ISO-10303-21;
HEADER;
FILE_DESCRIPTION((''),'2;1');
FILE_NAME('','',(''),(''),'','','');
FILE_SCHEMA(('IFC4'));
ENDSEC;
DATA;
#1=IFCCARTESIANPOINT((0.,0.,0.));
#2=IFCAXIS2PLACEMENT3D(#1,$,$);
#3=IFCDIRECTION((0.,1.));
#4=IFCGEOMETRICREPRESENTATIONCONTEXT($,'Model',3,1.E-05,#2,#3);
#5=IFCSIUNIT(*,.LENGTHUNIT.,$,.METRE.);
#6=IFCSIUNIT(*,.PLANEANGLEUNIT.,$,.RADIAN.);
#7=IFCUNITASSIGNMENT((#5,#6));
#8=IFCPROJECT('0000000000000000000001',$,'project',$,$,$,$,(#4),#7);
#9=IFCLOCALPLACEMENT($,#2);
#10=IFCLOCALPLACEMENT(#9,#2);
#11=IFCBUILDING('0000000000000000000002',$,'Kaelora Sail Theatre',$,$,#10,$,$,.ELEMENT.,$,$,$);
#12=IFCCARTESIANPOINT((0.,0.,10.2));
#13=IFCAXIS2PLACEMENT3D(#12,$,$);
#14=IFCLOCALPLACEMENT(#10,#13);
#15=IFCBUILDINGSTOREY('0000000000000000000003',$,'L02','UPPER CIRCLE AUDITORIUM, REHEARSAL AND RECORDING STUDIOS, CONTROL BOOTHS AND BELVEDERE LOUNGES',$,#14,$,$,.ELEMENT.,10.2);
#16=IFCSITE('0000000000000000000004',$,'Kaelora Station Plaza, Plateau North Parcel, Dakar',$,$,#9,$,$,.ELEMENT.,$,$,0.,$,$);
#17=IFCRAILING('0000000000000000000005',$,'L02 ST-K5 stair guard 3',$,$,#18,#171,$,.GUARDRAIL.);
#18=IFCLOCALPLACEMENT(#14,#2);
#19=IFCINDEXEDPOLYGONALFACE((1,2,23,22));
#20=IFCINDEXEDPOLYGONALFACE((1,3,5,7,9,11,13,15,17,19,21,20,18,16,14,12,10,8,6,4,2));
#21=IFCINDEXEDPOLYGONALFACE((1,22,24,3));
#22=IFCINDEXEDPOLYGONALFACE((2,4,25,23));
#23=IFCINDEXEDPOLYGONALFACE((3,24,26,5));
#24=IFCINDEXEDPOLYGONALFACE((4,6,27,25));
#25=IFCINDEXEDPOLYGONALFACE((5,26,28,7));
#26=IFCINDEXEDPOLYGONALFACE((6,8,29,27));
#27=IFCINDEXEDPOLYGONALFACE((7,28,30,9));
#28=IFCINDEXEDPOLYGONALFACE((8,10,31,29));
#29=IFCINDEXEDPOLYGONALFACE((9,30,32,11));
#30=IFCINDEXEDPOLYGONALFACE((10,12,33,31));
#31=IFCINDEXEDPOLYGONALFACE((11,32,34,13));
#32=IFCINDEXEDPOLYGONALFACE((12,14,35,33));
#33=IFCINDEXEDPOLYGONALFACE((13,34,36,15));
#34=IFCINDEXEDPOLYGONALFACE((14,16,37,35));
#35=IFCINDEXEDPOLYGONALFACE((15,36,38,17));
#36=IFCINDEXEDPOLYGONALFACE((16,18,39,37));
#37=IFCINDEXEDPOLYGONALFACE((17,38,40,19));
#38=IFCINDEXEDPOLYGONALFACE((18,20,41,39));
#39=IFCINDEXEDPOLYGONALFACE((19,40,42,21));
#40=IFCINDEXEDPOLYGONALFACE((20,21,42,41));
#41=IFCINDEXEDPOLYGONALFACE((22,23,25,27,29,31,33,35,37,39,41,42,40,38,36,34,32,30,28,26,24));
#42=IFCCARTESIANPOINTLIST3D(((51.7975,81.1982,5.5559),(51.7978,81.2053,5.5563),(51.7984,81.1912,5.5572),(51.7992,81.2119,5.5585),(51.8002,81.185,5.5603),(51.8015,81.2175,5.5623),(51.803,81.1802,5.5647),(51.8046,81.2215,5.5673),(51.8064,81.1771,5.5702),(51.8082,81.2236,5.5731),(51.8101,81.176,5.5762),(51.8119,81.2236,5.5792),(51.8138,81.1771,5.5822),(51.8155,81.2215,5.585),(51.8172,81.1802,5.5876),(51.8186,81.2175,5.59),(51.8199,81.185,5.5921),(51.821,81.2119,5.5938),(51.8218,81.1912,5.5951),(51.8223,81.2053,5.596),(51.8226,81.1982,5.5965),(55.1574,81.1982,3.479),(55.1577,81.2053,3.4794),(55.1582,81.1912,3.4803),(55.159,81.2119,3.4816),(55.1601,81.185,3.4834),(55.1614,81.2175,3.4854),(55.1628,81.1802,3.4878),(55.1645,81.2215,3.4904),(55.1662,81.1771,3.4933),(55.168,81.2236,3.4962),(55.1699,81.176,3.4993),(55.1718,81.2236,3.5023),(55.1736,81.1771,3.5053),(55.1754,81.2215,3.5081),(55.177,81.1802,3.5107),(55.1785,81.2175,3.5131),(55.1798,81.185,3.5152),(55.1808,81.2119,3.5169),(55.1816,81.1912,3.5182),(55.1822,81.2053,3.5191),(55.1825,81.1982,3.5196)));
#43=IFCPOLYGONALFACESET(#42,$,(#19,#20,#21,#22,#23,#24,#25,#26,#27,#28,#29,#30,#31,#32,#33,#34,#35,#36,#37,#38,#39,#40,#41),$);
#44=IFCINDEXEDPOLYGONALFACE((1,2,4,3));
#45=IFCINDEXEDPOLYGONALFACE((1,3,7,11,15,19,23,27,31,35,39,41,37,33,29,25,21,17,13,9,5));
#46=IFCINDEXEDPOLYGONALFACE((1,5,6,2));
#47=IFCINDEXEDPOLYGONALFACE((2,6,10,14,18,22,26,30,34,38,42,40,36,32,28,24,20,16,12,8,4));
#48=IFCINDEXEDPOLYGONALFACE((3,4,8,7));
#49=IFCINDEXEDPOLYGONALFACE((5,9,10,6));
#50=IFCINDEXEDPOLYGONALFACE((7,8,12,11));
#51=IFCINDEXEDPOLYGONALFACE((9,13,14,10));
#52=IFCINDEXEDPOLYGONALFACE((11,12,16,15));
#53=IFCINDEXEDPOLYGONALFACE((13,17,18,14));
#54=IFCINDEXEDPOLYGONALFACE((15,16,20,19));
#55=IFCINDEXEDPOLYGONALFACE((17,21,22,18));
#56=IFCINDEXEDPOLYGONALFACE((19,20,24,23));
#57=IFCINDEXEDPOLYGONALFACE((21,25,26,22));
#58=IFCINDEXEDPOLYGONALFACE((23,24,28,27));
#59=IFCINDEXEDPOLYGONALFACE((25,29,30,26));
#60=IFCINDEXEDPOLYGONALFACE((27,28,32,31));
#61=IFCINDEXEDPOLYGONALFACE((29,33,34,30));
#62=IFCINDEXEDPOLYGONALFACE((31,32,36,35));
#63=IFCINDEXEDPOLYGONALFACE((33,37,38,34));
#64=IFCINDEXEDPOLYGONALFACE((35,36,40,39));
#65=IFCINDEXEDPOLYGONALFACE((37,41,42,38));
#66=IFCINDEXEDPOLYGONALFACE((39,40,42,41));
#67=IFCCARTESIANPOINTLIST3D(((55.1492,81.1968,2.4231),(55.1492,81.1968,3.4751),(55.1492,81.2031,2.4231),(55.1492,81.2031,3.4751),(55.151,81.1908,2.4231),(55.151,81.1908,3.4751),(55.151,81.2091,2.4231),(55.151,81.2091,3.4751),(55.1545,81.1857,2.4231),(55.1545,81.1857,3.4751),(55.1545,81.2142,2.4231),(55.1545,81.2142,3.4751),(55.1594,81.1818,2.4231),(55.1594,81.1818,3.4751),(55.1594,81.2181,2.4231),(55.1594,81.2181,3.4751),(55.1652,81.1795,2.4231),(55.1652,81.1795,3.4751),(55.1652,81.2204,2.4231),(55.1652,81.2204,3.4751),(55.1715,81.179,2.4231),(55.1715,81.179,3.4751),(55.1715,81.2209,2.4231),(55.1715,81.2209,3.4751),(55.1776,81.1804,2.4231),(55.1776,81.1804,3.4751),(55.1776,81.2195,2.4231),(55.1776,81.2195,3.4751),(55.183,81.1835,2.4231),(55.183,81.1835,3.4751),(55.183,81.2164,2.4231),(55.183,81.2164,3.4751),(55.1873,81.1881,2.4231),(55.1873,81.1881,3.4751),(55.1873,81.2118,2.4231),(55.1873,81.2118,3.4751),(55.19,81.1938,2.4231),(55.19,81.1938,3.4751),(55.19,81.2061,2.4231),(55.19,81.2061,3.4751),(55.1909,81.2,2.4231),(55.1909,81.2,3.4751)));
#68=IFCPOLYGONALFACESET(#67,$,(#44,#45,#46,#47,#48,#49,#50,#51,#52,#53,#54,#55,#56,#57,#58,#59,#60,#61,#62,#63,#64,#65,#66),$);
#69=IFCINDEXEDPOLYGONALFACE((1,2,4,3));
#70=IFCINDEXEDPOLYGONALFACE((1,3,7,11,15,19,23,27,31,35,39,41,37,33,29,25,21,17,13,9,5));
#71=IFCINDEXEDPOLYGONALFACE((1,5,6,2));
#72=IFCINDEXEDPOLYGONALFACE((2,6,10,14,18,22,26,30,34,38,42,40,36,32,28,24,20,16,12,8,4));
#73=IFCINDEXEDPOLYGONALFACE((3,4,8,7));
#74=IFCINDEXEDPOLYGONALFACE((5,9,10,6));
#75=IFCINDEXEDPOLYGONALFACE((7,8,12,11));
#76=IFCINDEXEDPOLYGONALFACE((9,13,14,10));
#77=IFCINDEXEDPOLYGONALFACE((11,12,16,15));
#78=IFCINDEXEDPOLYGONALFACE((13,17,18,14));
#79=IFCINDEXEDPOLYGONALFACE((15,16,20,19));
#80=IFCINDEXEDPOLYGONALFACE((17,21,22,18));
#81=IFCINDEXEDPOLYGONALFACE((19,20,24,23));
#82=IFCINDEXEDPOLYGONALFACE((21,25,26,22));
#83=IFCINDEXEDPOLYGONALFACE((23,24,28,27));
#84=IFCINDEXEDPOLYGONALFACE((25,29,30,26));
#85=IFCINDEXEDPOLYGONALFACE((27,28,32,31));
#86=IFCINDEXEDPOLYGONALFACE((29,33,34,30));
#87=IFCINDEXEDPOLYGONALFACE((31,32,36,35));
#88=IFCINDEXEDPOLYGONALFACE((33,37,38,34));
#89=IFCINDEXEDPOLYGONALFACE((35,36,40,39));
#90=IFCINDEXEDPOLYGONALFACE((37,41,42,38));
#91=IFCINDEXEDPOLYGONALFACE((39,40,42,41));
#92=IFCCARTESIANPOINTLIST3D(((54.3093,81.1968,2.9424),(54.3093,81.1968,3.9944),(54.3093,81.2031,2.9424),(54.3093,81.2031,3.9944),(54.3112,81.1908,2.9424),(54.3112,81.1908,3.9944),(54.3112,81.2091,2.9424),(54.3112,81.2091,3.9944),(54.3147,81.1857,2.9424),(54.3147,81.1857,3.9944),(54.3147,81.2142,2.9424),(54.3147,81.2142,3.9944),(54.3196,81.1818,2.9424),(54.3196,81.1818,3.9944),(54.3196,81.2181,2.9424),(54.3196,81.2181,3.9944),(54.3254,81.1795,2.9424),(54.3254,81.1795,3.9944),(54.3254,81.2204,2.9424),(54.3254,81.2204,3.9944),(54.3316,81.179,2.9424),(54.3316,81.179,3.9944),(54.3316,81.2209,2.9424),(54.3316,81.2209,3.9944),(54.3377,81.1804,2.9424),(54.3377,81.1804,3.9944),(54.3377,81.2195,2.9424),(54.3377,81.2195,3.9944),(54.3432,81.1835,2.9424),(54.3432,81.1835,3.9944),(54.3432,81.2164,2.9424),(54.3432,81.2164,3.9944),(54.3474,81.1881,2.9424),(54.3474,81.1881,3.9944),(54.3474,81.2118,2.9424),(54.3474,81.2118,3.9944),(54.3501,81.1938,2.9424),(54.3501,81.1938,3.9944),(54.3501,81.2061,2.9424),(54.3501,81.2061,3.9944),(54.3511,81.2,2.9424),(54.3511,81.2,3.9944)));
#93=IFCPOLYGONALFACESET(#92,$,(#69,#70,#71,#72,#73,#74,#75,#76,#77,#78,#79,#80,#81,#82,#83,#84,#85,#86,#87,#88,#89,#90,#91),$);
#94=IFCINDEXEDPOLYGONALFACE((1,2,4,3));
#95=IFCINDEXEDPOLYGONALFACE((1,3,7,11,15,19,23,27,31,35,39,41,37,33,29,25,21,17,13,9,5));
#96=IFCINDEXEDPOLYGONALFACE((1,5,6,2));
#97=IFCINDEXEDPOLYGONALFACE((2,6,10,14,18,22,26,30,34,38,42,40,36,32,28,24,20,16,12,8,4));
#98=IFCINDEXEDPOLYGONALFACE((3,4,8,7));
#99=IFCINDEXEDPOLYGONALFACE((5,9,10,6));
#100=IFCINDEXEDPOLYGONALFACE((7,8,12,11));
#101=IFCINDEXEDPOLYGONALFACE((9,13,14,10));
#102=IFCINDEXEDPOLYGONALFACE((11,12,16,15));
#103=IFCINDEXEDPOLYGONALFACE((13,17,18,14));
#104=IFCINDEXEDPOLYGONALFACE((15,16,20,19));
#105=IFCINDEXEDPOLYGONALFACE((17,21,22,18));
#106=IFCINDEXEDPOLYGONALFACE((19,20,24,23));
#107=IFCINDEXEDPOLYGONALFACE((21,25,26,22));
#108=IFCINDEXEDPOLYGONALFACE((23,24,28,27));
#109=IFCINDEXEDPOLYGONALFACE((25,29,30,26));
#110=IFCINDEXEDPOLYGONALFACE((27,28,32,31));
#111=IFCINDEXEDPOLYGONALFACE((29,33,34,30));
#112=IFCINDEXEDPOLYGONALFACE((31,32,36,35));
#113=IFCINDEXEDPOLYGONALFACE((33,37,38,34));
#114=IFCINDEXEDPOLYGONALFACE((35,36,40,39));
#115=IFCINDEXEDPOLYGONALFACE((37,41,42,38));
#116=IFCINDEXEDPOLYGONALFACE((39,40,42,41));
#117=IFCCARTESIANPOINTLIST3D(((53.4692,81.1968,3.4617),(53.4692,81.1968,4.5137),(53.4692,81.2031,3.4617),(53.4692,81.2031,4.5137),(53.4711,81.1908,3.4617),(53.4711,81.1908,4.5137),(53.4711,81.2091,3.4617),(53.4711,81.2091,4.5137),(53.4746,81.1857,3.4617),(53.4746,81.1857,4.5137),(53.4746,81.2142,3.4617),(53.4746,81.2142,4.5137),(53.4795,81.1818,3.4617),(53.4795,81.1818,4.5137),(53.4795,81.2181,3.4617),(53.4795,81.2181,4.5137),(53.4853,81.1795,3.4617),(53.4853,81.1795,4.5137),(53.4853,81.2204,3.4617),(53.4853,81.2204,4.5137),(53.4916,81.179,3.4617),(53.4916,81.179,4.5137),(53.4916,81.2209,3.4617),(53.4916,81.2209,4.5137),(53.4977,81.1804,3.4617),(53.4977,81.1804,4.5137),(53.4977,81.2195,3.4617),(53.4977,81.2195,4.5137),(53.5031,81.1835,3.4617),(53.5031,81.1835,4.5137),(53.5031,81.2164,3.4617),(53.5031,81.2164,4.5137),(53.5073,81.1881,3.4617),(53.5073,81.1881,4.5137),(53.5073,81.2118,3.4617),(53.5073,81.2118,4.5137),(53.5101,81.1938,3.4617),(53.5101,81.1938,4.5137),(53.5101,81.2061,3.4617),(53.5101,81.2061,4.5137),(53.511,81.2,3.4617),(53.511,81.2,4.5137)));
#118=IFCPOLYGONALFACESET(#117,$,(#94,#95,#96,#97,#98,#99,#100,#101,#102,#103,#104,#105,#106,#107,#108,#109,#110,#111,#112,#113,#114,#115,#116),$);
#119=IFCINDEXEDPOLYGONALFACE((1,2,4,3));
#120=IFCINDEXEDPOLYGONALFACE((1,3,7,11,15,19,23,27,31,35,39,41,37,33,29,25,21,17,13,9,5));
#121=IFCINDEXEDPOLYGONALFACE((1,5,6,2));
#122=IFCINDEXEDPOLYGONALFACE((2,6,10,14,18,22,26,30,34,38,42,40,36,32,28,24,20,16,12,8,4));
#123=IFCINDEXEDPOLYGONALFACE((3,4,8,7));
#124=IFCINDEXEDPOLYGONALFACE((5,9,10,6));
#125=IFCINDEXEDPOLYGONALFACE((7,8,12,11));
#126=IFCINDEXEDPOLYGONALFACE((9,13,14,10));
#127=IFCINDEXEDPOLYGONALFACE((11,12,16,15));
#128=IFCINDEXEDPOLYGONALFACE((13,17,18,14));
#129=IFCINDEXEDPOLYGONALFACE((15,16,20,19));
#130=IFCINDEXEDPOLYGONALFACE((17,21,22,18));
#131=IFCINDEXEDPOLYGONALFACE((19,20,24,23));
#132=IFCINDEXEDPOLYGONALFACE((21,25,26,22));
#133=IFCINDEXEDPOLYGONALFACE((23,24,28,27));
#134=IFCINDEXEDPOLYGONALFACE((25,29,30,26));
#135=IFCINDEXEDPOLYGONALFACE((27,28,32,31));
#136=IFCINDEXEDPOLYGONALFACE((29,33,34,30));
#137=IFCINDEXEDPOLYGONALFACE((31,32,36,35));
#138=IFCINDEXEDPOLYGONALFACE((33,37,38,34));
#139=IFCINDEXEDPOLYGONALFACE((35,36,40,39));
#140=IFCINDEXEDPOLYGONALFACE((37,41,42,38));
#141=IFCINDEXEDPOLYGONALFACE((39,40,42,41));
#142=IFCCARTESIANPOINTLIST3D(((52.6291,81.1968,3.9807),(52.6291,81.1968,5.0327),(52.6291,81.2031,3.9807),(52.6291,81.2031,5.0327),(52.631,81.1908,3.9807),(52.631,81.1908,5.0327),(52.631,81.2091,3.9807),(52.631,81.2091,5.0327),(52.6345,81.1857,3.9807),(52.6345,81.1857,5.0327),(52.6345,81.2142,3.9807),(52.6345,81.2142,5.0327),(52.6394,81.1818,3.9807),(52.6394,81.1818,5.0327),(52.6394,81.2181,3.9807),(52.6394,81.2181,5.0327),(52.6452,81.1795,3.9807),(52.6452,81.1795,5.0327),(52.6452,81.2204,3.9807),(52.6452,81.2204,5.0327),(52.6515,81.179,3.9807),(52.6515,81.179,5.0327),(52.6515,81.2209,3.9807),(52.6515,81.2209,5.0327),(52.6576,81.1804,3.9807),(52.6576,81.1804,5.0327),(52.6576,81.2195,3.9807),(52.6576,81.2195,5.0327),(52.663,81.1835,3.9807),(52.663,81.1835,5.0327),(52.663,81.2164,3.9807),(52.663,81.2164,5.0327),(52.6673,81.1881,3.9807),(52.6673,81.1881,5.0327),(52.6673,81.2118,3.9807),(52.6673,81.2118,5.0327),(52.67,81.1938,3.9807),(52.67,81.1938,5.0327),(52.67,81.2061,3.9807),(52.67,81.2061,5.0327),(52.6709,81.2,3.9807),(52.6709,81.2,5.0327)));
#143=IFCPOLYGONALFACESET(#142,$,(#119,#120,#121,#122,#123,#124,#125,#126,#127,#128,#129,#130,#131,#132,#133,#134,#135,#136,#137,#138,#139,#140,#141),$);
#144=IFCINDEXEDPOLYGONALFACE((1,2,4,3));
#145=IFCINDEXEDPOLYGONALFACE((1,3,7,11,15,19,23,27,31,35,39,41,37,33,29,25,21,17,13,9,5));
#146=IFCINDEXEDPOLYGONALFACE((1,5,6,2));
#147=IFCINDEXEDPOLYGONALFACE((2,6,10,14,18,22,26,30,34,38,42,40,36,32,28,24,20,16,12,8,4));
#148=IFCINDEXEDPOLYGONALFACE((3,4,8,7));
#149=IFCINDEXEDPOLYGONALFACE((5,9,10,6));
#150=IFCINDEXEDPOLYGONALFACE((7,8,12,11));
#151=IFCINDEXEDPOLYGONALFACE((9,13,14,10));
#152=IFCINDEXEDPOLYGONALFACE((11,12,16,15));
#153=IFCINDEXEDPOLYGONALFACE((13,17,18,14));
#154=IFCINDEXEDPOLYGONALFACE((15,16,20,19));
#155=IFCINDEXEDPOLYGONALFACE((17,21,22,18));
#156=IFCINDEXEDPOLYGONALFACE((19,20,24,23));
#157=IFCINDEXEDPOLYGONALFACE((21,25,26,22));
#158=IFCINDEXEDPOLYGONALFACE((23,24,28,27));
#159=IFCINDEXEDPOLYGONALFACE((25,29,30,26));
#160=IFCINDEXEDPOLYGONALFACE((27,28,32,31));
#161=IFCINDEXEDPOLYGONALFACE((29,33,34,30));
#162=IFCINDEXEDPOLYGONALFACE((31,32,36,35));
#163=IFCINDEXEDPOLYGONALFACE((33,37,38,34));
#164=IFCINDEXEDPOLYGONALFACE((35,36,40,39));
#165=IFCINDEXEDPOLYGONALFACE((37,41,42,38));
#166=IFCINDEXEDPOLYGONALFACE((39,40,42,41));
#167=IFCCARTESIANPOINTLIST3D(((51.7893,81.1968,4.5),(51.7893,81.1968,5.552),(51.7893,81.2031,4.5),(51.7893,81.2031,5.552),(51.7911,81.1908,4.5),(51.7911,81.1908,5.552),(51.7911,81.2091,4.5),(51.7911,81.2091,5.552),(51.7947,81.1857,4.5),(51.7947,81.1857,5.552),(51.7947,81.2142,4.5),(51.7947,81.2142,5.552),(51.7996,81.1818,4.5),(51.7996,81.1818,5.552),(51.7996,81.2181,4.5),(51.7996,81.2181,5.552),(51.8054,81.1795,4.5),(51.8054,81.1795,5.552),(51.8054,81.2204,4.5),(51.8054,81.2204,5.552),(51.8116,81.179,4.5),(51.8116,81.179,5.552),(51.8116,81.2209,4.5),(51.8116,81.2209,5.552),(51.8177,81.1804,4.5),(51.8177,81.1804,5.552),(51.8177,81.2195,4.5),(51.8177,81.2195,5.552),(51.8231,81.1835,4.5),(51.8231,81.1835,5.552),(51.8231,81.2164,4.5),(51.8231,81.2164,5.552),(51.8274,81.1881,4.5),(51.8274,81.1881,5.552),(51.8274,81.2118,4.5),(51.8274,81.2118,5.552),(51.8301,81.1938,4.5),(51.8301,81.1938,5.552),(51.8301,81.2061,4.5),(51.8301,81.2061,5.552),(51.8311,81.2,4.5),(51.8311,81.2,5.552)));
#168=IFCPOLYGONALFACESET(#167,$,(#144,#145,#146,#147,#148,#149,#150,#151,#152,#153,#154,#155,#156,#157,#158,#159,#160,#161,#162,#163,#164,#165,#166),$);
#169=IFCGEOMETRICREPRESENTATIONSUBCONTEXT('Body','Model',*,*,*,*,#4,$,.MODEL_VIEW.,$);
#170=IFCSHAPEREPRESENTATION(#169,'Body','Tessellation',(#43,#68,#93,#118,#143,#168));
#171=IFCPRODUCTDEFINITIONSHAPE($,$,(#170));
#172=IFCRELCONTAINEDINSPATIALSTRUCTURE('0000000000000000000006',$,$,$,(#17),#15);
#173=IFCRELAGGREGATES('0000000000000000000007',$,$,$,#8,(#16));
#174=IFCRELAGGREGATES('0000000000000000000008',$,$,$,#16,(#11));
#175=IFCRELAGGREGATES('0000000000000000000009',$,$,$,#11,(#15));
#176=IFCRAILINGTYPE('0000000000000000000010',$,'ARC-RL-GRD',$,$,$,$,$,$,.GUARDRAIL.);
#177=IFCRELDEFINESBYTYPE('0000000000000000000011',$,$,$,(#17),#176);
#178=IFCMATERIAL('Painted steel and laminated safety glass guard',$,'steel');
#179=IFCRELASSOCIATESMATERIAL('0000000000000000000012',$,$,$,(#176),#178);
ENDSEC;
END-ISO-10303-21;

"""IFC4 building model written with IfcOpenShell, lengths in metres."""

from ifc_helpers import new_model, si_unit, direction, frame, origin, origin_2d, place, context, subcontext, project, spatial, circle, extrude, material, type_object, element, save


model = new_model("IFC4")

# Units and contexts
model_context = context("Model", 3, precision=1e-05, world=origin(), true_north=direction((0.0, 1.0)))
body_context = subcontext(model_context, "Body", "Model", "MODEL_VIEW")
ifc_project = project(units=[si_unit("LENGTHUNIT", "METRE"), si_unit("PLANEANGLEUNIT", "RADIAN")], contexts=[model_context])

# Site, building, storey
site_placement = place(None, origin())
site = spatial("IfcSite", under=ifc_project, at=site_placement, Name="Kaelora Station Plaza, Plateau North Parcel, Dakar", CompositionType="ELEMENT", RefElevation=0.0)
building_placement = place(site_placement, origin())
building = spatial("IfcBuilding", under=site, at=building_placement, Name="Kaelora Sail Theatre", CompositionType="ELEMENT")
storey_placement = place(building_placement, frame((0.0, 0.0, 10.2)))
storey = spatial("IfcBuildingStorey", under=building, at=storey_placement, Name="L02", Description="UPPER CIRCLE AUDITORIUM, REHEARSAL AND RECORDING STUDIOS, CONTROL BOOTHS AND BELVEDERE LOUNGES", CompositionType="ELEMENT", Elevation=10.2)

# Railing
ifc_material_1 = material(Name="Painted steel and laminated safety glass guard", Category="steel")
railing_type_1 = type_object("IfcRailingType", Name="ARC-RL-GRD", PredefinedType="GUARDRAIL", material=ifc_material_1)
railing_1_placement = place(storey_placement, frame((55.1699, 81.2, 2.4231)))
element("IfcRailing", 1, at=railing_1_placement, inside=storey, type_object=railing_type_1, Name="L02 ST-K5 stair guard 3", PredefinedType="GUARDRAIL", context=body_context, shape_type="SweptSolid", body=[
    extrude(circle(Radius=0.0239, at=origin_2d()), frame((0.0, 0.0, 1.0762), z_axis=(-0.850606, 0.0, 0.525803), x_axis=(0.0, -1.0, 0.0)), (0.0, 0.0, 1.0), 3.95),
    extrude(circle(Radius=0.021, at=origin_2d()), origin(), (0.0, 0.0, 1.0), 1.052),
    extrude(circle(Radius=0.021, at=origin_2d()), frame((-0.8398, 0.0, 0.5193)), (0.0, 0.0, 1.0), 1.052),
    extrude(circle(Radius=0.021, at=origin_2d()), frame((-1.6799, 0.0, 1.0386)), (0.0, 0.0, 1.0), 1.052),
    extrude(circle(Radius=0.021, at=origin_2d()), frame((-2.52, 0.0, 1.5576)), (0.0, 0.0, 1.0), 1.052),
    extrude(circle(Radius=0.021, at=origin_2d()), frame((-3.3599, 0.0, 2.0769)), (0.0, 0.0, 1.0), 1.052),
])

save(model, "model.ifc")
